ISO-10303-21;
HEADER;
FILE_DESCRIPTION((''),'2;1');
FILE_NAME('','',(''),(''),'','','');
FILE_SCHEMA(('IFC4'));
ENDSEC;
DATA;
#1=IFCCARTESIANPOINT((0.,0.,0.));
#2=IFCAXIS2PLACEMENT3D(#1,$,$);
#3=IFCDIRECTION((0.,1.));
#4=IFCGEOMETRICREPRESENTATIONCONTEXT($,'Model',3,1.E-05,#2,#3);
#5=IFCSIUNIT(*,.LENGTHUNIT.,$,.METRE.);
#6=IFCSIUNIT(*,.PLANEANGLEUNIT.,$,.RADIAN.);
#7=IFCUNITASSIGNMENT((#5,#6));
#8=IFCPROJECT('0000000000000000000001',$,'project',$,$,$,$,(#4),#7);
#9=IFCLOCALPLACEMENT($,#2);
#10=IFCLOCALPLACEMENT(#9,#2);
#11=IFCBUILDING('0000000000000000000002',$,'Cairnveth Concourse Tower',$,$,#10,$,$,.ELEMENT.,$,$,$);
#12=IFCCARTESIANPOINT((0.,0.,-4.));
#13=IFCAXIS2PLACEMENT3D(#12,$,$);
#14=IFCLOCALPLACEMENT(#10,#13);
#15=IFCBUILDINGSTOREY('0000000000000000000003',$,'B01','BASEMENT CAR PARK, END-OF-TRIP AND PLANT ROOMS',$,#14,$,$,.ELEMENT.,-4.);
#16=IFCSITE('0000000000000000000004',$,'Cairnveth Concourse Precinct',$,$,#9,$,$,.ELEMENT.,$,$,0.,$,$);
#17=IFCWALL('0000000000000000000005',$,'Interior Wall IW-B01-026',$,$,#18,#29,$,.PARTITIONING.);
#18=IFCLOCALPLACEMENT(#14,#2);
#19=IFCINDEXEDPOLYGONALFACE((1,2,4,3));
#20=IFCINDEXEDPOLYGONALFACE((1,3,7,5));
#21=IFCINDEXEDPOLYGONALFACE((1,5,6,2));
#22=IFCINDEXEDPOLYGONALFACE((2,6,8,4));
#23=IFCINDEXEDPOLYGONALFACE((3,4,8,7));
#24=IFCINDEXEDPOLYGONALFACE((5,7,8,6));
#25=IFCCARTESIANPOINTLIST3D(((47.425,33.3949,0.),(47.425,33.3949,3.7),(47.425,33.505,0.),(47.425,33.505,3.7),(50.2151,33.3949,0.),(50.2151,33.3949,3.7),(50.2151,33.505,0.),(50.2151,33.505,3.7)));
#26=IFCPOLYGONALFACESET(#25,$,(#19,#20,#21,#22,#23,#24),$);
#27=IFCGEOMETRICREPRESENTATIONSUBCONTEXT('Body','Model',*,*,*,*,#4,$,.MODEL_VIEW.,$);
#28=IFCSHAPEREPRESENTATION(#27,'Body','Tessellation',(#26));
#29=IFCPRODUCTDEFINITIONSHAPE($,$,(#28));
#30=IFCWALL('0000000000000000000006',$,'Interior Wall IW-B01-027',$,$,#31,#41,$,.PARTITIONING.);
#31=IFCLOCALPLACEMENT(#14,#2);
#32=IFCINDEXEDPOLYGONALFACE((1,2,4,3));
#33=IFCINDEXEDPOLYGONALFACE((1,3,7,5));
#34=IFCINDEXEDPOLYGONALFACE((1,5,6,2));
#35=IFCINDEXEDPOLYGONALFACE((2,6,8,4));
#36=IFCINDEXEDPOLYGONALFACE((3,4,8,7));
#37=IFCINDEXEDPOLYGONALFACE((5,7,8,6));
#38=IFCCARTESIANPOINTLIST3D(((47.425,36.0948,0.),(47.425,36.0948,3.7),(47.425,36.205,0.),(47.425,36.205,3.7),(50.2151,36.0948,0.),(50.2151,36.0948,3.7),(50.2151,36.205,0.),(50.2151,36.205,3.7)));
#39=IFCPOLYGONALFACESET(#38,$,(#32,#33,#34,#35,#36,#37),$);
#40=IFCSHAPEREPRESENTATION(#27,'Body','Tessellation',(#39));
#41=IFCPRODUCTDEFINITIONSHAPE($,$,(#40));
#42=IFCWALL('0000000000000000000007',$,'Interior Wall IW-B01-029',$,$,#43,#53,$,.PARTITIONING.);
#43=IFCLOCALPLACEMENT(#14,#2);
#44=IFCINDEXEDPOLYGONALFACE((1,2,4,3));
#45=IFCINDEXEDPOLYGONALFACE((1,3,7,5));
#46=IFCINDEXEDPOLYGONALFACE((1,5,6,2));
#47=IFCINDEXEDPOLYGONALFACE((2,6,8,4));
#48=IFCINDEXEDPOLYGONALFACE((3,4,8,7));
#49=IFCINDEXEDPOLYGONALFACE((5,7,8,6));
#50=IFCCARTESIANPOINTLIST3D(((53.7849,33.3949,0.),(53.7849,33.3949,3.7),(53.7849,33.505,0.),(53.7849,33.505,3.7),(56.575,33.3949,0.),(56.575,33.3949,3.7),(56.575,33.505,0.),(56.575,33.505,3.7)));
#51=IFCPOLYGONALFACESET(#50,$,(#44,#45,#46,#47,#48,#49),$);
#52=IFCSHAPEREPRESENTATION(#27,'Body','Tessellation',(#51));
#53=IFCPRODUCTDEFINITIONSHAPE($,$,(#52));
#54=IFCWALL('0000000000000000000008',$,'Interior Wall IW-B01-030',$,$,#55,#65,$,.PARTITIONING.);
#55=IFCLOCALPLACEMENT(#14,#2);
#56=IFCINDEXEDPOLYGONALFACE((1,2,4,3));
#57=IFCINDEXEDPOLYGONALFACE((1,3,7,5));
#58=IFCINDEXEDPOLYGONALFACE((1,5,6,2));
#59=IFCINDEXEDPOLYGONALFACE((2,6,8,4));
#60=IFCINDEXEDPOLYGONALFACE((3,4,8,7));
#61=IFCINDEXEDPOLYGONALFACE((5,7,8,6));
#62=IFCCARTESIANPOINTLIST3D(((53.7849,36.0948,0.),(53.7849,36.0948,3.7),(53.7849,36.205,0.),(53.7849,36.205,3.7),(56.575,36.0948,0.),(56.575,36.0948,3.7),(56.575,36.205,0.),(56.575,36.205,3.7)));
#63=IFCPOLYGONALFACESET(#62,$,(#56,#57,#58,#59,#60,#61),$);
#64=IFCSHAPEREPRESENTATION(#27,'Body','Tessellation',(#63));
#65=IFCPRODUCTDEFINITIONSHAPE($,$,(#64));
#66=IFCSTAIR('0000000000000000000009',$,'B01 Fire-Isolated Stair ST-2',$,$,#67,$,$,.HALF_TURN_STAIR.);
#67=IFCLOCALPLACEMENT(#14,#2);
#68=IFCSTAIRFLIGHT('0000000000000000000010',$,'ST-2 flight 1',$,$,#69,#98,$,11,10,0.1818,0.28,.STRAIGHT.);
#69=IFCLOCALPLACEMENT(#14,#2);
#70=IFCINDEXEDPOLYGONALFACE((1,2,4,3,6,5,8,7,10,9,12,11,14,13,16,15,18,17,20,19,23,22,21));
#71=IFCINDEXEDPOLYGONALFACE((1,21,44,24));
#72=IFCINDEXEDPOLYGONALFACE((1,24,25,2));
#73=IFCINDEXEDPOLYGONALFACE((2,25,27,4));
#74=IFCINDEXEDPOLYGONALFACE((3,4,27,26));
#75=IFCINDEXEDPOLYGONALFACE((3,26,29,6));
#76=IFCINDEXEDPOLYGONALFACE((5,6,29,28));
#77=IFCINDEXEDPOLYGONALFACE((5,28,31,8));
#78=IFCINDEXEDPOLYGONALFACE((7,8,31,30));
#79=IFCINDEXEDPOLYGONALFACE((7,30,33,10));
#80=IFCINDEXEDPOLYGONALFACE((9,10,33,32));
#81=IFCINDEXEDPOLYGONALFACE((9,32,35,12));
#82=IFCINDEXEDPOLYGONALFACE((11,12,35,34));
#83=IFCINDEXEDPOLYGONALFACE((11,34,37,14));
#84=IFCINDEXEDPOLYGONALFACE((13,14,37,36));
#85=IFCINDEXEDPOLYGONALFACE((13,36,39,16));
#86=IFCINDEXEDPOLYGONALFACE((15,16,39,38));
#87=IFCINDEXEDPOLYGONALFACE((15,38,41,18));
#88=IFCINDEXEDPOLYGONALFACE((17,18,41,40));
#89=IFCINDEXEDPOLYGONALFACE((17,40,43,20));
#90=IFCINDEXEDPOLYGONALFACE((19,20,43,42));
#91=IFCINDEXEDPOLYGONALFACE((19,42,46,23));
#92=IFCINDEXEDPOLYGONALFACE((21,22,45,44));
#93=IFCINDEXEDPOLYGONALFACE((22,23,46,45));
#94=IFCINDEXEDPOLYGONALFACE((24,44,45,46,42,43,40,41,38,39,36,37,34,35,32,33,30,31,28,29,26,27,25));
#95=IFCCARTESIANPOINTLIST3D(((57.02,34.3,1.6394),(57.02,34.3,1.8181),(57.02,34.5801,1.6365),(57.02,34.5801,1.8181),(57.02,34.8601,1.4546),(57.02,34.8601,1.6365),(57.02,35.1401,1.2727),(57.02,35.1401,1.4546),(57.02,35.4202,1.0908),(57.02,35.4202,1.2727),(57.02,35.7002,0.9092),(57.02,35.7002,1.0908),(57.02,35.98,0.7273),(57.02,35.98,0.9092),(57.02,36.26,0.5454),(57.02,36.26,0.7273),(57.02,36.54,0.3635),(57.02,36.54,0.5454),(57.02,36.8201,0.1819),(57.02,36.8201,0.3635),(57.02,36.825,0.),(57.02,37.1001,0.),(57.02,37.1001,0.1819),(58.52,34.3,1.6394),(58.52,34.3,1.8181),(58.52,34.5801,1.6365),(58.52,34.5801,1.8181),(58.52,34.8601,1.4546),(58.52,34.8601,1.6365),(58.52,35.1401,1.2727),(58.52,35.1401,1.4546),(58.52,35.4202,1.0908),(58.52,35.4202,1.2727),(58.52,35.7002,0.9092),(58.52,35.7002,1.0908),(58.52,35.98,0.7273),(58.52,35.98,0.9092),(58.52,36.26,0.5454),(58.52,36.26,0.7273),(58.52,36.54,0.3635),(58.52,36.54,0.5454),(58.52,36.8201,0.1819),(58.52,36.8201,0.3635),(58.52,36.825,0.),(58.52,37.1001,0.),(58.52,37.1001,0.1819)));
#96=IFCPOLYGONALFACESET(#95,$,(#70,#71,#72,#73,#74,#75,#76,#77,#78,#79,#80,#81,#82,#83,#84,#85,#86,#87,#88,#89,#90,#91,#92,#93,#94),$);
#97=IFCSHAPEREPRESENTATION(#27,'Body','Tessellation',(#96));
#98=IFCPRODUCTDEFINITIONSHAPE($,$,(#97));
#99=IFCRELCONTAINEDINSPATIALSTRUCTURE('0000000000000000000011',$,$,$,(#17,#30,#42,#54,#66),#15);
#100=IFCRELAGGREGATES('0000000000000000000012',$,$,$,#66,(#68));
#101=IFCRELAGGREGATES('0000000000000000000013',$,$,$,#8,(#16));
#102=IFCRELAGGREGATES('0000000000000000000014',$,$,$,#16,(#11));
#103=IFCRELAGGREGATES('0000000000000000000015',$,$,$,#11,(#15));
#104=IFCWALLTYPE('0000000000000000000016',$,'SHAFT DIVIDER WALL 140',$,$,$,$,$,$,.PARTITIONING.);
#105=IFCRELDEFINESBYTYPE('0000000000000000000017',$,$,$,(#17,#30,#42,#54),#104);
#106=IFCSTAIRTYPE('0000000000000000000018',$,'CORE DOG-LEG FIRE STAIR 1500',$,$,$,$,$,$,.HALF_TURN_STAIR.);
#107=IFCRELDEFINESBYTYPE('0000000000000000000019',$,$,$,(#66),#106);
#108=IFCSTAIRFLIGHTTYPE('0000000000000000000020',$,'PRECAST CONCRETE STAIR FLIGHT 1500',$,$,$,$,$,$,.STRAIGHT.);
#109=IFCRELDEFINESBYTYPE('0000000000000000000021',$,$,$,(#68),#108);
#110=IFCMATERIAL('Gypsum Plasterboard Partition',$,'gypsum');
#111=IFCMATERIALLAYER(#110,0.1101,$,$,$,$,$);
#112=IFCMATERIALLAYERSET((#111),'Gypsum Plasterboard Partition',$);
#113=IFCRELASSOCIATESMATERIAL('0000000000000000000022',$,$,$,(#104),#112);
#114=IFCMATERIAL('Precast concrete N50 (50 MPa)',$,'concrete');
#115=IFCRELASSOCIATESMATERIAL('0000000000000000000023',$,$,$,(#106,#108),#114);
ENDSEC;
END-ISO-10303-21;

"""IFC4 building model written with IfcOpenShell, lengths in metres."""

from ifc_helpers import new_model, si_unit, direction, frame, frame_2d, origin, place, context, subcontext, project, spatial, polyline, rectangle, outline, extrude, material, layer, layer_set, type_object, element, aggregate, save


model = new_model("IFC4")

# Units and contexts
model_context = context("Model", 3, precision=1e-05, world=origin(), true_north=direction((0.0, 1.0)))
body_context = subcontext(model_context, "Body", "Model", "MODEL_VIEW")
ifc_project = project(units=[si_unit("LENGTHUNIT", "METRE"), si_unit("PLANEANGLEUNIT", "RADIAN")], contexts=[model_context])

# Site, building, storey
site_placement = place(None, origin())
site = spatial("IfcSite", under=ifc_project, at=site_placement, Name="Cairnveth Concourse Precinct", CompositionType="ELEMENT", RefElevation=0.0)
building_placement = place(site_placement, origin())
building = spatial("IfcBuilding", under=site, at=building_placement, Name="Cairnveth Concourse Tower", CompositionType="ELEMENT")
storey_placement = place(building_placement, frame((0.0, 0.0, -4.0)))
storey = spatial("IfcBuildingStorey", under=building, at=storey_placement, Name="B01", Description="BASEMENT CAR PARK, END-OF-TRIP AND PLANT ROOMS", CompositionType="ELEMENT", Elevation=-4.0)

# Walls
ifc_material_1 = material(Name="Gypsum Plasterboard Partition", Category="gypsum")
ifc_layer_1 = layer(ifc_material_1, 0.1101)
ifc_layer_set_1 = layer_set([ifc_layer_1], Name="Gypsum Plasterboard Partition")
wall_type_1 = type_object("IfcWallType", Name="SHAFT DIVIDER WALL 140", PredefinedType="PARTITIONING", material=ifc_layer_set_1)
for number, where, z_axis, x_axis, name in (
    (1, (47.425, 33.45, 0.0), (0.0, 0.0, 1.0), (1.0, 0.0, 0.0), "Interior Wall IW-B01-026"),
    (2, (47.425, 36.1499, 0.0), (0.0, 0.0, 1.0), (1.0, 0.0, 0.0), "Interior Wall IW-B01-027"),
    (3, (53.7849, 33.45, 0.0), (0.0, 0.0, 1.0), (1.0, 0.0, 0.0), "Interior Wall IW-B01-029"),
    (4, (53.7849, 36.1499, 0.0), (0.0, 0.0, 1.0), (1.0, 0.0, 0.0), "Interior Wall IW-B01-030"),
):
    element("IfcWall", number, at=place(storey_placement, frame(where, z_axis=z_axis, x_axis=x_axis)), inside=storey, type_object=wall_type_1, Name=name, PredefinedType="PARTITIONING", context=body_context, shape_type="SweptSolid", body=[
        extrude(rectangle(XDim=2.79, YDim=0.1101, at=frame_2d((1.395, 0.0))), origin(), (0.0, 0.0, 1.0), 3.7),
    ])

# Stair, stair flight
ifc_material_2 = material(Name="Precast concrete N50 (50 MPa)", Category="concrete")
stair_type = type_object("IfcStairType", Name="CORE DOG-LEG FIRE STAIR 1500", PredefinedType="HALF_TURN_STAIR", material=ifc_material_2)
stair_placement = place(storey_placement, origin())
stair = element("IfcStair", 5, at=stair_placement, inside=storey, type_object=stair_type, Name="B01 Fire-Isolated Stair ST-2", PredefinedType="HALF_TURN_STAIR")
stair_flight_type = type_object("IfcStairFlightType", Name="PRECAST CONCRETE STAIR FLIGHT 1500", PredefinedType="STRAIGHT", material=ifc_material_2)
stair_flight_placement = place(storey_placement, frame((57.77, 37.1001, 0.0), z_axis=(0.0, 0.0, 1.0), x_axis=(0.0, -1.0, 0.0)))
stair_flight = element("IfcStairFlight", 6, at=stair_flight_placement, type_object=stair_flight_type, Name="ST-2 flight 1", NumberOfRisers=11, NumberOfTreads=10, PredefinedType="STRAIGHT", RiserHeight=0.1818, TreadLength=0.28, context=body_context, shape_type="SweptSolid", body=[
    extrude(outline(polyline([(0.0, 0.0), (0.0, 0.1819), (0.28, 0.1819), (0.28, 0.3635), (0.5601, 0.3635), (0.5601, 0.5454), (0.8401, 0.5454), (0.8401, 0.7273), (1.1201, 0.7273), (1.1201, 0.9092), (1.3999, 0.9092), (1.3999, 1.0908), (1.6799, 1.0908), (1.6799, 1.2727), (1.96, 1.2727), (1.96, 1.4546), (2.24, 1.4546), (2.24, 1.6365), (2.52, 1.6365), (2.52, 1.8181), (2.8, 1.8181), (2.8, 2.0), (2.8, 1.6394), (0.2751, 0.0), (0.0, 0.0)])), frame((0.0, 0.75, 0.0), z_axis=(0.0, -1.0, 0.0), x_axis=(1.0, 0.0, 0.0)), (0.0, 0.0, 1.0), 1.5),
])
aggregate(stair, [stair_flight])

save(model, "model.ifc")
